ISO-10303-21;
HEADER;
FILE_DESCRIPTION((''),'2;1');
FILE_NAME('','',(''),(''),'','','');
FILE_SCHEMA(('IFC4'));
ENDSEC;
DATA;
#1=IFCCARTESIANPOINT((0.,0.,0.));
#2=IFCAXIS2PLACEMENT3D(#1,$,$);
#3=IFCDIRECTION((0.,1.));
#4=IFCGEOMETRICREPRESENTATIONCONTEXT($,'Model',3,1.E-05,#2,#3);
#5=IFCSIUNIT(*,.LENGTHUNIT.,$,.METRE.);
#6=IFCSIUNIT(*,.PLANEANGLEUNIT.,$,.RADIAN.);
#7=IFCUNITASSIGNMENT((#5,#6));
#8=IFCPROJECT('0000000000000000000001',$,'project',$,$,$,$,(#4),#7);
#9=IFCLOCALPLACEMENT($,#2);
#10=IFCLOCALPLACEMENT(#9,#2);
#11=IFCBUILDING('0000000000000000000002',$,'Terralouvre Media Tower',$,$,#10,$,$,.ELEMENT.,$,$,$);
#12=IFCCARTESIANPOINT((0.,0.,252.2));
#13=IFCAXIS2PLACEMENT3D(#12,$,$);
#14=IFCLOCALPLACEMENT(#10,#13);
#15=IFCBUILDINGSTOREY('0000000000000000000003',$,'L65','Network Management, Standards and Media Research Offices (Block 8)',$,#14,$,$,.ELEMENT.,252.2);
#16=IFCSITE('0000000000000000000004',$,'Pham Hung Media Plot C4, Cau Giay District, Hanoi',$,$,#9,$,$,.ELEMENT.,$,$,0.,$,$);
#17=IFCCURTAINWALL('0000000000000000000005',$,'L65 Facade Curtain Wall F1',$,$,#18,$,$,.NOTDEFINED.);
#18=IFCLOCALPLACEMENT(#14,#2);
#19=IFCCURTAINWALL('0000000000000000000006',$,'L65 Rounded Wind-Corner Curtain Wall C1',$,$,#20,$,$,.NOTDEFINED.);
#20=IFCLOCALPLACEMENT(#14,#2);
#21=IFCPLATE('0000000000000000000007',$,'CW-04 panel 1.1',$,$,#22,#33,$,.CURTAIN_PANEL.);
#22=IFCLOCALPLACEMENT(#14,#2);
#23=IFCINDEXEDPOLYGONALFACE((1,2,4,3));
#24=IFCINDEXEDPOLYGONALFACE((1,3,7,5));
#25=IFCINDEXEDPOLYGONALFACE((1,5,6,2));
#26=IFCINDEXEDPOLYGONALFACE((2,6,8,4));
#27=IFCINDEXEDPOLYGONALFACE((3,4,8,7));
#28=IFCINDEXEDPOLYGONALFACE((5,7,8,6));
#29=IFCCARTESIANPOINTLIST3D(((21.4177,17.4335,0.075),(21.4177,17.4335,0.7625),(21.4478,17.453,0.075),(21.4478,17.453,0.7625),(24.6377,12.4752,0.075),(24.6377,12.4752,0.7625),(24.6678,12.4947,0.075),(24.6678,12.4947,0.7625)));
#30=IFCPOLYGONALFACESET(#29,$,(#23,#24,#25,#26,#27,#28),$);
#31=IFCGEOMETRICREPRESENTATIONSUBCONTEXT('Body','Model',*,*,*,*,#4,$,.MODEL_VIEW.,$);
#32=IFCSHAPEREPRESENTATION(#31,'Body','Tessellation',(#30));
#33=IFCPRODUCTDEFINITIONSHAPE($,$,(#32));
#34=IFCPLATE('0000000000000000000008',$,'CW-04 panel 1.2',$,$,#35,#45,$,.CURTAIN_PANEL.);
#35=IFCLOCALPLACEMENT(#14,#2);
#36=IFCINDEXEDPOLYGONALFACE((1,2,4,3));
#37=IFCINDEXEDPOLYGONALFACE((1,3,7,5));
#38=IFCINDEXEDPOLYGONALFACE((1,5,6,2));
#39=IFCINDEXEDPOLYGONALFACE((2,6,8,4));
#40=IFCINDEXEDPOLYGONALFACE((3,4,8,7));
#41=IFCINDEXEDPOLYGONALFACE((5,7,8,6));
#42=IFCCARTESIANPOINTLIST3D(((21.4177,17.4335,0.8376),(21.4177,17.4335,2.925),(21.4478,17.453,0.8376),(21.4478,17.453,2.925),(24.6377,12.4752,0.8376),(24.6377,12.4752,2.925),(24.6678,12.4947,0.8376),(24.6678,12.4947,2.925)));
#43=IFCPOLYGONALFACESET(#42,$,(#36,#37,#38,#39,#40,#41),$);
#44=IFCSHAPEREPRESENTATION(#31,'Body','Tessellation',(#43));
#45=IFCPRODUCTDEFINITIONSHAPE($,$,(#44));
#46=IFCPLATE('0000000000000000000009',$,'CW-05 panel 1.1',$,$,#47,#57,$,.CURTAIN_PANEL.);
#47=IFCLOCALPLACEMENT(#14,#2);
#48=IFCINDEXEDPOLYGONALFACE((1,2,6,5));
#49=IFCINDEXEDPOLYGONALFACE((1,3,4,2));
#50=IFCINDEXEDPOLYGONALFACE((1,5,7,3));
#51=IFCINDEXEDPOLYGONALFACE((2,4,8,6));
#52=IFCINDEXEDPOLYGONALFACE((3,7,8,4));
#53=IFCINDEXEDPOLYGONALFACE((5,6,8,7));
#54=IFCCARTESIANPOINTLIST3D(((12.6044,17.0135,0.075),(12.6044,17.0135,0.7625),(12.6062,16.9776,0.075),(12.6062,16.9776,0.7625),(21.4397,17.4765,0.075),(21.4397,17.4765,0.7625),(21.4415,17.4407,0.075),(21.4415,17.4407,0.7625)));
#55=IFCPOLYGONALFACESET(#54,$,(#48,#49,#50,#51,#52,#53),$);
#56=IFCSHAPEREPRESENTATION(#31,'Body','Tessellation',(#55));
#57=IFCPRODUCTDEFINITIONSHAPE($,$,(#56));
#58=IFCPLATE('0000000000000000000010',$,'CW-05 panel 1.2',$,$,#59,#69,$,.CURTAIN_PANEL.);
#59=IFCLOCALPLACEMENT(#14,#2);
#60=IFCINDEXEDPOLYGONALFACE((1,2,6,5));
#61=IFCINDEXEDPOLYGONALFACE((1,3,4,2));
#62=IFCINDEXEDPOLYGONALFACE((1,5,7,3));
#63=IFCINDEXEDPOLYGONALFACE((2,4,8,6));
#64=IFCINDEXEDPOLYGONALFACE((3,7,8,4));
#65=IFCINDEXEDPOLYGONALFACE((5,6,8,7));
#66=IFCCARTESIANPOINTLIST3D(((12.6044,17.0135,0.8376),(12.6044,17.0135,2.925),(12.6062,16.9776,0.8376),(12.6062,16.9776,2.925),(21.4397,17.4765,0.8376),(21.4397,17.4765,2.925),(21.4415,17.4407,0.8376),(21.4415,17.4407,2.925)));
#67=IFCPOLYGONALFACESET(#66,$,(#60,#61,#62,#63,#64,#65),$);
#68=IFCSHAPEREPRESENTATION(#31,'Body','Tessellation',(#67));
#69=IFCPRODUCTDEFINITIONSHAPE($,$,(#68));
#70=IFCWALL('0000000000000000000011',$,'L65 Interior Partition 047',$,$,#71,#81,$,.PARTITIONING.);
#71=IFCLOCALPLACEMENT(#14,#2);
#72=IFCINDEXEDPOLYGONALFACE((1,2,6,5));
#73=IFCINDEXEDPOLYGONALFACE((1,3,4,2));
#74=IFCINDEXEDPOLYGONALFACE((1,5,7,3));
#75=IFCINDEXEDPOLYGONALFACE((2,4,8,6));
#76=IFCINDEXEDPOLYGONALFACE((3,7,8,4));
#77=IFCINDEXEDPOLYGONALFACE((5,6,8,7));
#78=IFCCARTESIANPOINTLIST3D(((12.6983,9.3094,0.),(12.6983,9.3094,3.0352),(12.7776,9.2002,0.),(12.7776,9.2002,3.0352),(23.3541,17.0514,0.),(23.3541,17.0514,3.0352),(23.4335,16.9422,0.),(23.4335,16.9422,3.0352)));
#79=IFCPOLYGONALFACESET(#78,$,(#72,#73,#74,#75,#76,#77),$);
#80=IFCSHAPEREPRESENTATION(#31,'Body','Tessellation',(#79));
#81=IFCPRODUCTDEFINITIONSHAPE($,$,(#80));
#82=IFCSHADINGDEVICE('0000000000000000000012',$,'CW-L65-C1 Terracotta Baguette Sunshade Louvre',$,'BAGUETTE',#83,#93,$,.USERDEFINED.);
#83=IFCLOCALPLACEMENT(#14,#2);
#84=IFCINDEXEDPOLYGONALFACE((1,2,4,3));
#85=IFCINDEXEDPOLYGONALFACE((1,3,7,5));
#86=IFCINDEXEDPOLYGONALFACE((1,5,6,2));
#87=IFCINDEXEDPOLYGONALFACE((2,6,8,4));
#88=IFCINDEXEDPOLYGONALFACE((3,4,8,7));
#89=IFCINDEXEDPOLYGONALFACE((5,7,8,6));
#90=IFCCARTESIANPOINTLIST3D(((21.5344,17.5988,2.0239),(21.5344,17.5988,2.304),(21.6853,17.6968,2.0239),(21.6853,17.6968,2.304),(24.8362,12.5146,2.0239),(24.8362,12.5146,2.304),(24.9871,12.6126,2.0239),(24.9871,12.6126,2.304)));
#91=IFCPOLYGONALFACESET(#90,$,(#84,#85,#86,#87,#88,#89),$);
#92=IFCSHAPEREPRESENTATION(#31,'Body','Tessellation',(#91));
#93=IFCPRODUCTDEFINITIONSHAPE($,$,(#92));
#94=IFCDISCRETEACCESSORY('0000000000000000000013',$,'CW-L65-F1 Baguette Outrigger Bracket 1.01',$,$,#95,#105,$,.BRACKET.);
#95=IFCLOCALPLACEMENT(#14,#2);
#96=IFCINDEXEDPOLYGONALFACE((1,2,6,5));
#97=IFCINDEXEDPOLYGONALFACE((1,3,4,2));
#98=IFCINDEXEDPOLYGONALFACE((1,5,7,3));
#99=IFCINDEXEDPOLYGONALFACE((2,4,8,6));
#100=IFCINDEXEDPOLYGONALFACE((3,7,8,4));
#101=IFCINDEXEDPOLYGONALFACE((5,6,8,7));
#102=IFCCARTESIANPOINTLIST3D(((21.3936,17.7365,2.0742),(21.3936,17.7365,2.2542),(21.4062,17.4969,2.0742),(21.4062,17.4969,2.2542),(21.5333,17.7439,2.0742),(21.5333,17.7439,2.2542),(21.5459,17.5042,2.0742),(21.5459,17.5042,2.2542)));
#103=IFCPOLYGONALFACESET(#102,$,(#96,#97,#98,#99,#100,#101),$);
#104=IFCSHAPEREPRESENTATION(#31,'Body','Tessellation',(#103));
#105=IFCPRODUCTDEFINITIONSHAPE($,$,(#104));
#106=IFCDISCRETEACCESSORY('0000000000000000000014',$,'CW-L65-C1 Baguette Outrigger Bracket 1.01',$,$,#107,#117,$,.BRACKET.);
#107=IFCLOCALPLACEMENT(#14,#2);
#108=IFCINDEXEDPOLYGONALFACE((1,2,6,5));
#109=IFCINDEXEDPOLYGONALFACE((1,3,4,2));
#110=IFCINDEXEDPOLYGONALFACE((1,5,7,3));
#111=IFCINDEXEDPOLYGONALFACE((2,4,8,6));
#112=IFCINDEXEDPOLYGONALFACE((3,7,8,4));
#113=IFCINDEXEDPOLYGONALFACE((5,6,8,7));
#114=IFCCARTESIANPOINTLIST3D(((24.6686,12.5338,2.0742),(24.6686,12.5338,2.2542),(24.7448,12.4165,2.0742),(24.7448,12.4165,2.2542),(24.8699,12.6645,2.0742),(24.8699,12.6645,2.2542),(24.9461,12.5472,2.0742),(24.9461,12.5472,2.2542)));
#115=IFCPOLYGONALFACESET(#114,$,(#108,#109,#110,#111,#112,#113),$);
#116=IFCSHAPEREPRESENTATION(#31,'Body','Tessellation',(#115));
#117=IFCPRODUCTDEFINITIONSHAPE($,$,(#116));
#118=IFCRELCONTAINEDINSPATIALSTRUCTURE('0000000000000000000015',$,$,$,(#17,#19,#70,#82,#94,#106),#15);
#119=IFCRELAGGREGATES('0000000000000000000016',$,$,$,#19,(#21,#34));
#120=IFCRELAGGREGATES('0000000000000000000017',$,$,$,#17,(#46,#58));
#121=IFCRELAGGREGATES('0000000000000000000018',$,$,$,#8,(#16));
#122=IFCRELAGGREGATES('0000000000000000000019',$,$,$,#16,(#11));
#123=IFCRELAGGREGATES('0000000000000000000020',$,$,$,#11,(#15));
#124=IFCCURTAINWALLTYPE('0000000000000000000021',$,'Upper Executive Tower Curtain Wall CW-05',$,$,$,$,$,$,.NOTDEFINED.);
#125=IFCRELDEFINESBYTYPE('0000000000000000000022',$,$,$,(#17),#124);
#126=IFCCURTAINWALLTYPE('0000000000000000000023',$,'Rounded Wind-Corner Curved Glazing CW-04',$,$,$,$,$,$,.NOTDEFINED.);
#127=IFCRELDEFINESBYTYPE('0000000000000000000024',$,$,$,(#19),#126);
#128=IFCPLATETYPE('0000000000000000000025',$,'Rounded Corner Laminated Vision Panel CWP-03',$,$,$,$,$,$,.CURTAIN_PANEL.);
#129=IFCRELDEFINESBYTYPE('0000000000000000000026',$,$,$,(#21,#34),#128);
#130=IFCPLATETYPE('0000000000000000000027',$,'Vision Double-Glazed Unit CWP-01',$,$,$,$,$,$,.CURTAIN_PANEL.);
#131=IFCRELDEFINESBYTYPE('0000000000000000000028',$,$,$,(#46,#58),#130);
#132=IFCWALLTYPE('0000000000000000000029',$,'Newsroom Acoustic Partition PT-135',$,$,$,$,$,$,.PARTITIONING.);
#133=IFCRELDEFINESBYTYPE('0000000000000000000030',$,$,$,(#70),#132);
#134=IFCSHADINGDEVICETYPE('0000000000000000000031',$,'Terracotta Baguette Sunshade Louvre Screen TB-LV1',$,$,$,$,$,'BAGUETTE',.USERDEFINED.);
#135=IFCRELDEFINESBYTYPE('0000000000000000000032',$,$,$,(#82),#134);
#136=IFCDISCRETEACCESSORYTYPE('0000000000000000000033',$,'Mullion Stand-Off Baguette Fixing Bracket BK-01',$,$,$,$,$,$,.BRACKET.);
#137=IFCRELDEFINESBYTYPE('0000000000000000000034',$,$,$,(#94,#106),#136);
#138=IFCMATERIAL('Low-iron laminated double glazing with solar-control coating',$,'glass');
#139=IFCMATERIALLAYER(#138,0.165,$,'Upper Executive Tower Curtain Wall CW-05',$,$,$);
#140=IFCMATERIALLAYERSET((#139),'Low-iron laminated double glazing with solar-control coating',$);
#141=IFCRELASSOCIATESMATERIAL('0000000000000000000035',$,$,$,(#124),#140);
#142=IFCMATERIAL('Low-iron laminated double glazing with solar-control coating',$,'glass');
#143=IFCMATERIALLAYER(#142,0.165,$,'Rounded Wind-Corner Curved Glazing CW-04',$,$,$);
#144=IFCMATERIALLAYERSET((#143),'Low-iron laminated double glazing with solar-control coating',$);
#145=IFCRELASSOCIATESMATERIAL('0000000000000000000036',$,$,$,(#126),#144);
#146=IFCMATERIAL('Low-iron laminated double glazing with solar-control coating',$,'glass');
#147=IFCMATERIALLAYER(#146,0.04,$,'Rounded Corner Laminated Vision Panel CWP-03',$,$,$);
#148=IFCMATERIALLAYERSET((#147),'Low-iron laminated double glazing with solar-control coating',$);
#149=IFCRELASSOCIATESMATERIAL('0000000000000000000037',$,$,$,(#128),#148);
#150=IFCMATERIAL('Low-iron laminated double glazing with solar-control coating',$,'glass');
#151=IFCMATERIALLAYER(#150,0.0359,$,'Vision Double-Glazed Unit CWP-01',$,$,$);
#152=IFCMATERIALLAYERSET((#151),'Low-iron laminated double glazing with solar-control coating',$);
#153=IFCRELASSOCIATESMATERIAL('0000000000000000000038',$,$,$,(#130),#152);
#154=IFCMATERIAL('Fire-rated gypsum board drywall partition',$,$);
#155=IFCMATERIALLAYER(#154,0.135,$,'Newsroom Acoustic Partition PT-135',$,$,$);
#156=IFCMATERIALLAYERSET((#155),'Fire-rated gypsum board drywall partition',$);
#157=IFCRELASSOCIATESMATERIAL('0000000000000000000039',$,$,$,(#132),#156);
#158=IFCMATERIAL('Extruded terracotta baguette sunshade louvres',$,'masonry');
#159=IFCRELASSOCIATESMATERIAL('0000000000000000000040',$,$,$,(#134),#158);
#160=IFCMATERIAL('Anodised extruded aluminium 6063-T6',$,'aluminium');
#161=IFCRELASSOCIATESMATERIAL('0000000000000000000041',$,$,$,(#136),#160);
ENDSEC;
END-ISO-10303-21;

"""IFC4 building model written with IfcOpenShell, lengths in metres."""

from ifc_helpers import new_model, si_unit, direction, frame, frame_2d, origin, origin_2d, place, context, subcontext, project, spatial, rectangle, extrude, material, layer, layer_set, type_object, element, aggregate, save


model = new_model("IFC4")

# Units and contexts
model_context = context("Model", 3, precision=1e-05, world=origin(), true_north=direction((0.0, 1.0)))
body_context = subcontext(model_context, "Body", "Model", "MODEL_VIEW")
ifc_project = project(units=[si_unit("LENGTHUNIT", "METRE"), si_unit("PLANEANGLEUNIT", "RADIAN")], contexts=[model_context])

# Site, building, storey
site_placement = place(None, origin())
site = spatial("IfcSite", under=ifc_project, at=site_placement, Name="Pham Hung Media Plot C4, Cau Giay District, Hanoi", CompositionType="ELEMENT", RefElevation=0.0)
building_placement = place(site_placement, origin())
building = spatial("IfcBuilding", under=site, at=building_placement, Name="Terralouvre Media Tower", CompositionType="ELEMENT")
storey_placement = place(building_placement, frame((0.0, 0.0, 252.2)))
storey = spatial("IfcBuildingStorey", under=building, at=storey_placement, Name="L65", Description="Network Management, Standards and Media Research Offices (Block 8)", CompositionType="ELEMENT", Elevation=252.2)

# Curtain walls
ifc_material_1 = material(Name="Low-iron laminated double glazing with solar-control coating", Category="glass")
ifc_layer_1 = layer(ifc_material_1, 0.165, Name="Upper Executive Tower Curtain Wall CW-05")
ifc_layer_set_1 = layer_set([ifc_layer_1], Name="Low-iron laminated double glazing with solar-control coating")
curtain_wall_type_1 = type_object("IfcCurtainWallType", Name="Upper Executive Tower Curtain Wall CW-05", PredefinedType="NOTDEFINED", material=ifc_layer_set_1)
curtain_wall_1_placement = place(storey_placement, origin())
curtain_wall_1 = element("IfcCurtainWall", 1, at=curtain_wall_1_placement, inside=storey, type_object=curtain_wall_type_1, Name="L65 Facade Curtain Wall F1", PredefinedType="NOTDEFINED")
ifc_material_2 = material(Name="Low-iron laminated double glazing with solar-control coating", Category="glass")
ifc_layer_2 = layer(ifc_material_2, 0.165, Name="Rounded Wind-Corner Curved Glazing CW-04")
ifc_layer_set_2 = layer_set([ifc_layer_2], Name="Low-iron laminated double glazing with solar-control coating")
curtain_wall_type_2 = type_object("IfcCurtainWallType", Name="Rounded Wind-Corner Curved Glazing CW-04", PredefinedType="NOTDEFINED", material=ifc_layer_set_2)
curtain_wall_2_placement = place(storey_placement, origin())
curtain_wall_2 = element("IfcCurtainWall", 2, at=curtain_wall_2_placement, inside=storey, type_object=curtain_wall_type_2, Name="L65 Rounded Wind-Corner Curtain Wall C1", PredefinedType="NOTDEFINED")

# Plates
ifc_material_3 = material(Name="Low-iron laminated double glazing with solar-control coating", Category="glass")
ifc_layer_3 = layer(ifc_material_3, 0.04, Name="Rounded Corner Laminated Vision Panel CWP-03")
ifc_layer_set_3 = layer_set([ifc_layer_3], Name="Low-iron laminated double glazing with solar-control coating")
plate_type_1 = type_object("IfcPlateType", Name="Rounded Corner Laminated Vision Panel CWP-03", PredefinedType="CURTAIN_PANEL", material=ifc_layer_set_3)
plate_1_placement = place(storey_placement, frame((23.0427, 14.9641, 0.075), z_axis=(0.0, 0.0, 1.0), x_axis=(-0.544639, 0.83867, 0.0)))
plate_1 = element("IfcPlate", 3, at=plate_1_placement, type_object=plate_type_1, Name="CW-04 panel 1.1", PredefinedType="CURTAIN_PANEL", context=body_context, shape_type="SweptSolid", body=[
    extrude(rectangle(XDim=5.9121, YDim=0.0359, at=origin_2d()), origin(), (0.0, 0.0, 1.0), 0.6875),
])
plate_2_placement = place(storey_placement, frame((23.0427, 14.9641, 0.8376), z_axis=(0.0, 0.0, 1.0), x_axis=(-0.544639, 0.83867, 0.0)))
plate_2 = element("IfcPlate", 4, at=plate_2_placement, type_object=plate_type_1, Name="CW-04 panel 1.2", PredefinedType="CURTAIN_PANEL", context=body_context, shape_type="SweptSolid", body=[
    extrude(rectangle(XDim=5.9121, YDim=0.0359, at=origin_2d()), origin(), (0.0, 0.0, 1.0), 2.0874),
])
aggregate(curtain_wall_2, [plate_1, plate_2])
ifc_material_4 = material(Name="Low-iron laminated double glazing with solar-control coating", Category="glass")
ifc_layer_4 = layer(ifc_material_4, 0.0359, Name="Vision Double-Glazed Unit CWP-01")
ifc_layer_set_4 = layer_set([ifc_layer_4], Name="Low-iron laminated double glazing with solar-control coating")
plate_type_2 = type_object("IfcPlateType", Name="Vision Double-Glazed Unit CWP-01", PredefinedType="CURTAIN_PANEL", material=ifc_layer_set_4)
plate_3_placement = place(storey_placement, frame((17.0229, 17.2271, 0.075), z_axis=(0.0, 0.0, 1.0), x_axis=(-0.99863, -0.052336, 0.0)))
plate_3 = element("IfcPlate", 5, at=plate_3_placement, type_object=plate_type_2, Name="CW-05 panel 1.1", PredefinedType="CURTAIN_PANEL", context=body_context, shape_type="SweptSolid", body=[
    extrude(rectangle(XDim=8.8474, YDim=0.0359, at=origin_2d()), origin(), (0.0, 0.0, 1.0), 0.6875),
])
plate_4_placement = place(storey_placement, frame((17.0229, 17.2271, 0.8376), z_axis=(0.0, 0.0, 1.0), x_axis=(-0.99863, -0.052336, 0.0)))
plate_4 = element("IfcPlate", 6, at=plate_4_placement, type_object=plate_type_2, Name="CW-05 panel 1.2", PredefinedType="CURTAIN_PANEL", context=body_context, shape_type="SweptSolid", body=[
    extrude(rectangle(XDim=8.8474, YDim=0.0359, at=origin_2d()), origin(), (0.0, 0.0, 1.0), 2.0874),
])
aggregate(curtain_wall_1, [plate_3, plate_4])

# Wall
ifc_material_5 = material(Name="Fire-rated gypsum board drywall partition")
ifc_layer_5 = layer(ifc_material_5, 0.135, Name="Newsroom Acoustic Partition PT-135")
ifc_layer_set_5 = layer_set([ifc_layer_5], Name="Fire-rated gypsum board drywall partition")
wall_type = type_object("IfcWallType", Name="Newsroom Acoustic Partition PT-135", PredefinedType="PARTITIONING", material=ifc_layer_set_5)
wall_placement = place(storey_placement, frame((23.3938, 16.9968, 0.0), z_axis=(0.0, 0.0, 1.0), x_axis=(-0.809014, -0.587789, 0.0)))
element("IfcWall", 7, at=wall_placement, inside=storey, type_object=wall_type, Name="L65 Interior Partition 047", PredefinedType="PARTITIONING", context=body_context, shape_type="SweptSolid", body=[
    extrude(rectangle(XDim=13.1714, YDim=0.135, at=frame_2d((6.5857, 0.0))), origin(), (0.0, 0.0, 1.0), 3.0352),
])

# Shading device
ifc_material_6 = material(Name="Extruded terracotta baguette sunshade louvres", Category="masonry")
shading_device_type = type_object("IfcShadingDeviceType", Name="Terracotta Baguette Sunshade Louvre Screen TB-LV1", ElementType="BAGUETTE", PredefinedType="USERDEFINED", material=ifc_material_6)
shading_device_placement = place(storey_placement, frame((23.2607, 15.1057, 2.0239), z_axis=(0.0, 0.0, 1.0), x_axis=(-0.544639, 0.83867, 0.0)))
element("IfcShadingDevice", 8, at=shading_device_placement, inside=storey, type_object=shading_device_type, Name="CW-L65-C1 Terracotta Baguette Sunshade Louvre", ObjectType="BAGUETTE", PredefinedType="USERDEFINED", context=body_context, shape_type="SweptSolid", body=[
    extrude(rectangle(XDim=6.0623, YDim=0.1799, at=origin_2d()), origin(), (0.0, 0.0, 1.0), 0.28),
])

# Discrete accessories
ifc_material_7 = material(Name="Anodised extruded aluminium 6063-T6", Category="aluminium")
discrete_accessory_type = type_object("IfcDiscreteAccessoryType", Name="Mullion Stand-Off Baguette Fixing Bracket BK-01", PredefinedType="BRACKET", material=ifc_material_7)
for number, where, z_axis, x_axis, name in (
    (9, (21.4697, 17.6204, 2.0742), (0.0, 0.0, 1.0), (-0.99863, -0.052336, 0.0), "CW-L65-F1 Baguette Outrigger Bracket 1.01"),
    (10, (24.8074, 12.5405, 2.0742), (0.0, 0.0, 1.0), (-0.544639, 0.83867, 0.0), "CW-L65-C1 Baguette Outrigger Bracket 1.01"),
):
    element("IfcDiscreteAccessory", number, at=place(storey_placement, frame(where, z_axis=z_axis, x_axis=x_axis)), inside=storey, type_object=discrete_accessory_type, Name=name, PredefinedType="BRACKET", context=body_context, shape_type="SweptSolid", body=[
        extrude(rectangle(XDim=0.1399, YDim=0.24, at=origin_2d()), origin(), (0.0, 0.0, 1.0), 0.1799),
    ])

save(model, "model.ifc")
